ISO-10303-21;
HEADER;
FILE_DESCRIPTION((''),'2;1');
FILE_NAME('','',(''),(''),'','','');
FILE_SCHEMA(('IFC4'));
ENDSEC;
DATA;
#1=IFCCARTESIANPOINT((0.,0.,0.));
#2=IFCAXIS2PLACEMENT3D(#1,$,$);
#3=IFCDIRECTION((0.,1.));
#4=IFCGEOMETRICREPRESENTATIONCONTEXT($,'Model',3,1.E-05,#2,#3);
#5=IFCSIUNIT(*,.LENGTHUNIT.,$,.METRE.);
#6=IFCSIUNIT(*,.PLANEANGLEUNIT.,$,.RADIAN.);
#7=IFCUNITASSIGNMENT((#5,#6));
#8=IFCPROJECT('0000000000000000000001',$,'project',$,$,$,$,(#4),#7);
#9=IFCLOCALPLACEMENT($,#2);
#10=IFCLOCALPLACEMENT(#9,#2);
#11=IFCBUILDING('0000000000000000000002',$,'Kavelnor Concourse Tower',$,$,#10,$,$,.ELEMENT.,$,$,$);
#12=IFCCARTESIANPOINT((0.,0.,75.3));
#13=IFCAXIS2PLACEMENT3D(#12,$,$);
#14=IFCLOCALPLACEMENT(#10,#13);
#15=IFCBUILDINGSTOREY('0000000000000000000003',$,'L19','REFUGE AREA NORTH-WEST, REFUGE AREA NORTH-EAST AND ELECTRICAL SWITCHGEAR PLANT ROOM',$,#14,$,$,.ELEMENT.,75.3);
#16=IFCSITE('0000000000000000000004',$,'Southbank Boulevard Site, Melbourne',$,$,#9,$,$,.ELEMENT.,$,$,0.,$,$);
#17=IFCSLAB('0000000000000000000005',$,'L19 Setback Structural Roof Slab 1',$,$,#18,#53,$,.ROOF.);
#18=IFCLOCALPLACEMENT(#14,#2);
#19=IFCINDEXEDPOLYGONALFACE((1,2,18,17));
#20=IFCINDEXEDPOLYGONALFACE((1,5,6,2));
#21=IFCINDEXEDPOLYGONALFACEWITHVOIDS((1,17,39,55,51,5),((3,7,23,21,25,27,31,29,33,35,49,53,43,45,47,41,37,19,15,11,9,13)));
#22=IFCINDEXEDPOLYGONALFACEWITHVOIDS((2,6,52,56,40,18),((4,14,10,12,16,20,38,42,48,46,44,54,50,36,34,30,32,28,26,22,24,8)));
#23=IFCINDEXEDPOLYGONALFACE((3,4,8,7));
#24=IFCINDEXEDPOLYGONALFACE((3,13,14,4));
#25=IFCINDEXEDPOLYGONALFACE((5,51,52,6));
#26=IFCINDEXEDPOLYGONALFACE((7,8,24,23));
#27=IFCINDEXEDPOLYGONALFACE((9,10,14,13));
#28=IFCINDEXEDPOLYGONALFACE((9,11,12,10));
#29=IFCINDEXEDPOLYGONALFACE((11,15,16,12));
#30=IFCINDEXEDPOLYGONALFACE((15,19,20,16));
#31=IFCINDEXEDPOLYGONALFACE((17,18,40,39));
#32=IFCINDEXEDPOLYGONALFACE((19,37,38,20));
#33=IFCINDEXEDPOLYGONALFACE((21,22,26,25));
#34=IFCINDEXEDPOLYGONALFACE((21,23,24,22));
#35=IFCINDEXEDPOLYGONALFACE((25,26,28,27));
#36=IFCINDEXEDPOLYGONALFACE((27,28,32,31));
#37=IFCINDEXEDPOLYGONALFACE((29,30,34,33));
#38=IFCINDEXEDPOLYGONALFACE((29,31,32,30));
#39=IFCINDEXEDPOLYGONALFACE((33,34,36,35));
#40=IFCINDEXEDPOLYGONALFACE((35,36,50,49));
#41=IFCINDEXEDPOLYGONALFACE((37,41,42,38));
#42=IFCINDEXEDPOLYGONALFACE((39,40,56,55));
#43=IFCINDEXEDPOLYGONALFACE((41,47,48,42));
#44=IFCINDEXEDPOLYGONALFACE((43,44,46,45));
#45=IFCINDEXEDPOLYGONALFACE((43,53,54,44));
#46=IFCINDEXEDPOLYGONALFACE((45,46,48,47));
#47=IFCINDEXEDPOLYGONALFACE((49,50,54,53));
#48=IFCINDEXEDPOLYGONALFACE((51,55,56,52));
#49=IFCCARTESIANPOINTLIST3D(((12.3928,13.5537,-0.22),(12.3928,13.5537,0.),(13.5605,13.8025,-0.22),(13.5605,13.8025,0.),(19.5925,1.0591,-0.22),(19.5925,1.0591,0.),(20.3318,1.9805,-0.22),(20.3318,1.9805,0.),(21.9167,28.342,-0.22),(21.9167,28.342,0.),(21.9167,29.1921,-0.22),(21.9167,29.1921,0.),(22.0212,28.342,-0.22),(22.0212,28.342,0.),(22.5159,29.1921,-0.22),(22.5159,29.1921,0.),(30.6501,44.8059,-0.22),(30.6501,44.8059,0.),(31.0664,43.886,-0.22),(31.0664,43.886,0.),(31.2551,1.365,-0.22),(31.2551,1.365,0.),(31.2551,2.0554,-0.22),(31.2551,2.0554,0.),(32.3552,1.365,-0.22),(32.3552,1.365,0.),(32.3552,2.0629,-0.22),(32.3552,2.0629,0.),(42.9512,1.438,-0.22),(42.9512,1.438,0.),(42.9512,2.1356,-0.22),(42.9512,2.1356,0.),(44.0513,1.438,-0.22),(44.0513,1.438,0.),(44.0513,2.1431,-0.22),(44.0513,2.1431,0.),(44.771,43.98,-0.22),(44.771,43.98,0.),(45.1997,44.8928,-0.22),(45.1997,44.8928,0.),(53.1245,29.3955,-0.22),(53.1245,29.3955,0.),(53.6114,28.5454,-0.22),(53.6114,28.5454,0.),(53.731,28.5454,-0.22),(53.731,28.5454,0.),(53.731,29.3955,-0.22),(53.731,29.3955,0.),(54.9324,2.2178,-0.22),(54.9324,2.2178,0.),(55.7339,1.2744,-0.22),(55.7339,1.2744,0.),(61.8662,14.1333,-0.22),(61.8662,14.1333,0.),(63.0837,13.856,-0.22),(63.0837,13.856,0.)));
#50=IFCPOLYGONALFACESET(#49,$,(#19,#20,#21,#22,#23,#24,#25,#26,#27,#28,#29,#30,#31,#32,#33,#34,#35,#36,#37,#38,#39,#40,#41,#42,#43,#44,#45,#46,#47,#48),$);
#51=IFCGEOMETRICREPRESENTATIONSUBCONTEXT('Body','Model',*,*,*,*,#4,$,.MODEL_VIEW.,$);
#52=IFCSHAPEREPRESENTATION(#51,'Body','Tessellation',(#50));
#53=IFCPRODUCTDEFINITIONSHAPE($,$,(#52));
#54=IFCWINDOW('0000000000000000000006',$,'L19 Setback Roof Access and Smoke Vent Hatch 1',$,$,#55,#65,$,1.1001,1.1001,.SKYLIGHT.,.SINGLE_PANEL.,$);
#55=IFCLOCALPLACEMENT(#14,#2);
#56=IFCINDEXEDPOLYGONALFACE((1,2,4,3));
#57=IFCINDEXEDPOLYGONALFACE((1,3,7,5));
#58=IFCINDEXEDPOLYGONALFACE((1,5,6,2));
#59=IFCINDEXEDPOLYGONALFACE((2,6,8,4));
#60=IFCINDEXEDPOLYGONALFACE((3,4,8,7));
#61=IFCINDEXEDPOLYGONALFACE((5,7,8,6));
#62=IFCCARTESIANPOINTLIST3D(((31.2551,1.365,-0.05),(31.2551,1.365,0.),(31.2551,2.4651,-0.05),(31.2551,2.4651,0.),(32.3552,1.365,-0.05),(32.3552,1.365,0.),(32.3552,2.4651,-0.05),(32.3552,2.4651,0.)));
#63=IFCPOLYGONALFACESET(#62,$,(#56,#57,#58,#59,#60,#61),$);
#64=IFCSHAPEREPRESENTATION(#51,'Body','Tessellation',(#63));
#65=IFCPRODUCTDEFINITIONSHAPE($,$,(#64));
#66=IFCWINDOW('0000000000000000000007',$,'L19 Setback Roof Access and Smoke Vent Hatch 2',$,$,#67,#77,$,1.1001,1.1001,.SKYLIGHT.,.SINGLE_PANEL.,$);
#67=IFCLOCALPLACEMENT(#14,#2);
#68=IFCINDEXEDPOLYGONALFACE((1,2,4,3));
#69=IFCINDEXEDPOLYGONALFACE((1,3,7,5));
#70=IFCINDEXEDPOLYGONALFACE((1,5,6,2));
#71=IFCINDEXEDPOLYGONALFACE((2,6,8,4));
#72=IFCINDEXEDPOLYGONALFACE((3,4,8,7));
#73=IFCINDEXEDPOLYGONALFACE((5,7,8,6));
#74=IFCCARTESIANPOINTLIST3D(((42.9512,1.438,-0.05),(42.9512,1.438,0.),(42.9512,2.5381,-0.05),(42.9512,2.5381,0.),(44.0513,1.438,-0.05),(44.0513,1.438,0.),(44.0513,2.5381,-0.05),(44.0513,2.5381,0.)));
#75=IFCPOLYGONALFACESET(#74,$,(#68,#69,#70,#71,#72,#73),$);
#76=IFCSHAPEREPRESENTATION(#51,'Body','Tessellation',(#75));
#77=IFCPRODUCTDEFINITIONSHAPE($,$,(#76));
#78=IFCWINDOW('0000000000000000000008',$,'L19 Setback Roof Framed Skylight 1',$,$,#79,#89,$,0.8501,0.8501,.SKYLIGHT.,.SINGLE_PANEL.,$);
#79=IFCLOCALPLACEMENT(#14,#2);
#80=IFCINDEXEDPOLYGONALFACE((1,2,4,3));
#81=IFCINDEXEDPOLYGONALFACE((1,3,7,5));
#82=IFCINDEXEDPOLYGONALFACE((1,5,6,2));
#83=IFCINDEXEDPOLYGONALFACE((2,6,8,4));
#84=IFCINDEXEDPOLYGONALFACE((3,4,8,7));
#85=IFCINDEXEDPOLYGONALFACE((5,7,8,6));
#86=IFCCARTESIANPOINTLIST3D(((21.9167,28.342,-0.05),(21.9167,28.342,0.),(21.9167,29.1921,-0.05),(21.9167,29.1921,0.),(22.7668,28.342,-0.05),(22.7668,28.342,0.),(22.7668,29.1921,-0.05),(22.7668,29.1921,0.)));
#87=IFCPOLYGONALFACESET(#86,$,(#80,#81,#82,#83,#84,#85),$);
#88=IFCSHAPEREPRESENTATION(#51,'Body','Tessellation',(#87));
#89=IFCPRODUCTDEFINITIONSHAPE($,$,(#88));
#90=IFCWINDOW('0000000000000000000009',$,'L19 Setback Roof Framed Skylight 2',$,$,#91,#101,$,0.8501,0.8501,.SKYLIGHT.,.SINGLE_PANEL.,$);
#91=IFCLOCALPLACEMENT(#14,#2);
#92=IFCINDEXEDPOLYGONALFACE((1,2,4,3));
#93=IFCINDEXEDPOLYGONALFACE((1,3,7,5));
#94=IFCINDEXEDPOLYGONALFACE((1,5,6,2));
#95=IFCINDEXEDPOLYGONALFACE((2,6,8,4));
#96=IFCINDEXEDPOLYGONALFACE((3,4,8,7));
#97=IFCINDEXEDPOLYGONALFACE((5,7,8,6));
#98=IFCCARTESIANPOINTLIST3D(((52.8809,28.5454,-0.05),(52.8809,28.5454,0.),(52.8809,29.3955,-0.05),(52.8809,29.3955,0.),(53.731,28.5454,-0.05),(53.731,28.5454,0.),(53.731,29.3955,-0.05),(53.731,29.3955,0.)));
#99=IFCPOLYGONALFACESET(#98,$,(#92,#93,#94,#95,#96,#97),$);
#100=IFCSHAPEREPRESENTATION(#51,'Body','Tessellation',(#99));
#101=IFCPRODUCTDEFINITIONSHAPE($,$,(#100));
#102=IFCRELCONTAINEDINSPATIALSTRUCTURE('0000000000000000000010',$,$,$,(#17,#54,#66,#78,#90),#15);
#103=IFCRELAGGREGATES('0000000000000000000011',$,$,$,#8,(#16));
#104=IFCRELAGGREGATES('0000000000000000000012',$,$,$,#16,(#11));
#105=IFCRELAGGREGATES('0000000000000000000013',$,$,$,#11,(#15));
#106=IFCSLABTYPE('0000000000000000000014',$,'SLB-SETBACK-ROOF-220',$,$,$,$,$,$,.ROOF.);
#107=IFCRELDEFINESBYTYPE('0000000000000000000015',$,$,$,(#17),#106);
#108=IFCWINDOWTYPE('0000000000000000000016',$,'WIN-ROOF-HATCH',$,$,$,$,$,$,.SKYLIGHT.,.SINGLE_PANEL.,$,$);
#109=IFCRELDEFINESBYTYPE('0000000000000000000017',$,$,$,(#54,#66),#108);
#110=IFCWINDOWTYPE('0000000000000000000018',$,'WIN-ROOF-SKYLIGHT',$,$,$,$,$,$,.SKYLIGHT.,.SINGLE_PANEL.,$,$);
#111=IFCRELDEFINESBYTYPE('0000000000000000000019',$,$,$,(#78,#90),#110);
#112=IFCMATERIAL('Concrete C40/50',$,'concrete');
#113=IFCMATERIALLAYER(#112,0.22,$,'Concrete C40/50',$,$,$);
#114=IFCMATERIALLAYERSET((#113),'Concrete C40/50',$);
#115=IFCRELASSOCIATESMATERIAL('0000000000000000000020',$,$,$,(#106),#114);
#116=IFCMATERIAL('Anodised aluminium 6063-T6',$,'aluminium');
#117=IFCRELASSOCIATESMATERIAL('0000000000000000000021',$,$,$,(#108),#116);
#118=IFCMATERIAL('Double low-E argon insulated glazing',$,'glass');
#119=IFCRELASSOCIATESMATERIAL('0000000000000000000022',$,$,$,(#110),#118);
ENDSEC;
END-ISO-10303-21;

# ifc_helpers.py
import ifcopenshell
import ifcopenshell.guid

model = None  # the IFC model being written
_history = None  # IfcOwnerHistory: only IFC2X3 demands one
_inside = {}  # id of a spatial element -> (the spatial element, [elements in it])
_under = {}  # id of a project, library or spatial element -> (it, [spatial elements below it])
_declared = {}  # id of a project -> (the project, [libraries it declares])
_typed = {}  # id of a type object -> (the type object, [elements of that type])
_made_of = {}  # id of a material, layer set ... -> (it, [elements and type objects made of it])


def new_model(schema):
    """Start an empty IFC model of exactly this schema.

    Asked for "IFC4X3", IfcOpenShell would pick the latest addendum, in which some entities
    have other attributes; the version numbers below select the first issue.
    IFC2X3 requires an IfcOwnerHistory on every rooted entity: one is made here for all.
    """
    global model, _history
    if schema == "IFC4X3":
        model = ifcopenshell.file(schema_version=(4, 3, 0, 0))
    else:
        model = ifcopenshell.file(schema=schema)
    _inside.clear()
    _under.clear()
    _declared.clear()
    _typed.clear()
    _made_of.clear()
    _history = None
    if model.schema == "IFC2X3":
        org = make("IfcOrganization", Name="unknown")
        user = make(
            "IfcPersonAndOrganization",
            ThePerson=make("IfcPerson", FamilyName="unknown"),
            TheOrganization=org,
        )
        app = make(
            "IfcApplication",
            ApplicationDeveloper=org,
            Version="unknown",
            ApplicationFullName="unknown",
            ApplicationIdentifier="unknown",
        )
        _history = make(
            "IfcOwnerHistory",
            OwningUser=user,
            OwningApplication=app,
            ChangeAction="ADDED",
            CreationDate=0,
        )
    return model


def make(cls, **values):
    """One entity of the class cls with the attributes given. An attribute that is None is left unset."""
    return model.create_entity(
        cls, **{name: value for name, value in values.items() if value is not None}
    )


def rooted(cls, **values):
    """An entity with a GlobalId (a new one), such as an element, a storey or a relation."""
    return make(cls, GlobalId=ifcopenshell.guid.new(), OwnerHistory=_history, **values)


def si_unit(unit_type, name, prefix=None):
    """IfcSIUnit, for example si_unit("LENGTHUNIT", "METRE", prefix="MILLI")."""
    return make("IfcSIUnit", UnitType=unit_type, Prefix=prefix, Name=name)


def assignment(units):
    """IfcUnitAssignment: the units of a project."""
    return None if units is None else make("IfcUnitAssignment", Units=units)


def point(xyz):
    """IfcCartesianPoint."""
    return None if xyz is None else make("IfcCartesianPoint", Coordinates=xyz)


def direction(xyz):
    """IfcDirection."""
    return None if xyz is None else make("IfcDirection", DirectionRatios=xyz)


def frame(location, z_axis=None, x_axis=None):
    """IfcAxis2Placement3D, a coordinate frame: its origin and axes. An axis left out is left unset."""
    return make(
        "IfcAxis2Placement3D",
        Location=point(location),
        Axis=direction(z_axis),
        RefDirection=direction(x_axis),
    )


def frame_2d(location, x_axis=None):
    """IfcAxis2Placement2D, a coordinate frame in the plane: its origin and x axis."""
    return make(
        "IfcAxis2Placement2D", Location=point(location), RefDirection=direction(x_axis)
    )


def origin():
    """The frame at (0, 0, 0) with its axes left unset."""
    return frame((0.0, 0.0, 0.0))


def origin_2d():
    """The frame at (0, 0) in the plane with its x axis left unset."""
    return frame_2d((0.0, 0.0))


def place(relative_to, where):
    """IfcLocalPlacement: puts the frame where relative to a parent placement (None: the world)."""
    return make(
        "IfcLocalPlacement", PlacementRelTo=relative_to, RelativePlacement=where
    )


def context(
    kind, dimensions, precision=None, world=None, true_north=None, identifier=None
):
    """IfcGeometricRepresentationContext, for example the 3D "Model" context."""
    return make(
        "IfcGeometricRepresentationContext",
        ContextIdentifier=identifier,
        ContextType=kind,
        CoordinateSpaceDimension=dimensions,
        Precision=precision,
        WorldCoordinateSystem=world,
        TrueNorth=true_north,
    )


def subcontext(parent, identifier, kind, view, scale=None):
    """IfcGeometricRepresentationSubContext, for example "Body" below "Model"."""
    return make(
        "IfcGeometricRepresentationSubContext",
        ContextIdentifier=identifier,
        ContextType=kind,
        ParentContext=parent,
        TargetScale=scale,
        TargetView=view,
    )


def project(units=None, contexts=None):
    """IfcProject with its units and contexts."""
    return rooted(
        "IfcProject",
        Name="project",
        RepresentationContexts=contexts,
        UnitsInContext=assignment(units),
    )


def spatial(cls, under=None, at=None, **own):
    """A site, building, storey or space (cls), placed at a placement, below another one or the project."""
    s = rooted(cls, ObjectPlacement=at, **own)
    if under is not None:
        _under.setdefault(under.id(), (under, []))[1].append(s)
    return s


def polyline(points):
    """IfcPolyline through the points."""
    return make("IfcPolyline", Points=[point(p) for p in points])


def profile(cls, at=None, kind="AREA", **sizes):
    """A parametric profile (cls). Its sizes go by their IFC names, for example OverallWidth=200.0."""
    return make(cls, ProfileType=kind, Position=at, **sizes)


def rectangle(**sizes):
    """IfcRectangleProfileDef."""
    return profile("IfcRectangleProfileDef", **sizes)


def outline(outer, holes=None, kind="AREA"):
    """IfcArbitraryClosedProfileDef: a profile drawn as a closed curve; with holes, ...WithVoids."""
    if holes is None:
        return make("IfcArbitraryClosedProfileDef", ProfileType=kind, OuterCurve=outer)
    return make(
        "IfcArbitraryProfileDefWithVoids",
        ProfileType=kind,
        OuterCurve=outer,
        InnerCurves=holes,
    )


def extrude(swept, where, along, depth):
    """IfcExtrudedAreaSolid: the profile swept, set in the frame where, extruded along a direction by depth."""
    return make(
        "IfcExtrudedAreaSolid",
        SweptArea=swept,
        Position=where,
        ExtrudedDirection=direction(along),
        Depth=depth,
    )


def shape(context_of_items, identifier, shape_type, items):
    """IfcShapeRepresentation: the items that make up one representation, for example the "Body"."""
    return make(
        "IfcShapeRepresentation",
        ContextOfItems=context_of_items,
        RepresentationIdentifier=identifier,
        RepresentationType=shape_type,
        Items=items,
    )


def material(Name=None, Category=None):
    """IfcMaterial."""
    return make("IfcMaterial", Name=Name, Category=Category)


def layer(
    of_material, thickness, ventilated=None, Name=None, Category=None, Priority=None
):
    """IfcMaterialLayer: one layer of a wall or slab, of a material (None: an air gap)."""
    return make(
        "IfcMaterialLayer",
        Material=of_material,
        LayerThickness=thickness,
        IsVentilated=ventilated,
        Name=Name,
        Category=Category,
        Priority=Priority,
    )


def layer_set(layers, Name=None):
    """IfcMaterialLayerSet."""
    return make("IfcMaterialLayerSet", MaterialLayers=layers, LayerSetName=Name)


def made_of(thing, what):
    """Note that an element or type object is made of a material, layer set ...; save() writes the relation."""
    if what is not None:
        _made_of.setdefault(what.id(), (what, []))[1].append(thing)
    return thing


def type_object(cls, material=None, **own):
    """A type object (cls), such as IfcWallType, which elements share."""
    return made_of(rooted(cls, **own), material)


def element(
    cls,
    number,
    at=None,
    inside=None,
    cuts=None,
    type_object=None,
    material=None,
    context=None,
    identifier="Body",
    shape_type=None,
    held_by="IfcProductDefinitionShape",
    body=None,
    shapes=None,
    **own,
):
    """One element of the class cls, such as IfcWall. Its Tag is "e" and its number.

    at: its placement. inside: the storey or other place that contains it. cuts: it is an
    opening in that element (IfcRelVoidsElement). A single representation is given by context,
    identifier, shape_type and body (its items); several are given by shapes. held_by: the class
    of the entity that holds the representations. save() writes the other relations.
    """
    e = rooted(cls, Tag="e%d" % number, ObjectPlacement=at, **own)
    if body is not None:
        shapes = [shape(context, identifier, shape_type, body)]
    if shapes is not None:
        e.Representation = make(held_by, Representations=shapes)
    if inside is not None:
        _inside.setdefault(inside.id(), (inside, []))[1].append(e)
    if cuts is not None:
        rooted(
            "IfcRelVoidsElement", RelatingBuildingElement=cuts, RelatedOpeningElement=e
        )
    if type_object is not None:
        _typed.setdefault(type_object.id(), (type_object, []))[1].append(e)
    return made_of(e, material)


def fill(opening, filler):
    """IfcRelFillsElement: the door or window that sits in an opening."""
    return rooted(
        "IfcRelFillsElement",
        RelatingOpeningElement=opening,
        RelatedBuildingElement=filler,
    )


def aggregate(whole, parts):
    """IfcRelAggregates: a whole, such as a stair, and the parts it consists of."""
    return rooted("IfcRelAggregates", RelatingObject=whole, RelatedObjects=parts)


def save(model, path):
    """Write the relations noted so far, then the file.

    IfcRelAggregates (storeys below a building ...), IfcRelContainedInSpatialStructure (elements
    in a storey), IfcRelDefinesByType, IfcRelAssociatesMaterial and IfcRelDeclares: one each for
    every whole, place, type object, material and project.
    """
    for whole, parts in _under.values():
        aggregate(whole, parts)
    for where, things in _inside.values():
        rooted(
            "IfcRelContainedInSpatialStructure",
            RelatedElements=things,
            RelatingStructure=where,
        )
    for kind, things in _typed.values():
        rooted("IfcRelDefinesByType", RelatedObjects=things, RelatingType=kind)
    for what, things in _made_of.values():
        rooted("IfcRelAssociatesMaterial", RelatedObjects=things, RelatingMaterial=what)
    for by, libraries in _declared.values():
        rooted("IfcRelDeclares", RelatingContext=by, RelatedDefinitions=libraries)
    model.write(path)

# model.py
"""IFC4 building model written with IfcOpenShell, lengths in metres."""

from ifc_helpers import new_model, si_unit, direction, frame, origin, origin_2d, place, context, subcontext, project, spatial, polyline, rectangle, outline, extrude, material, layer, layer_set, type_object, element, fill, save


model = new_model("IFC4")

# Units and contexts
model_context = context("Model", 3, precision=1e-05, world=origin(), true_north=direction((0.0, 1.0)))
body_context = subcontext(model_context, "Body", "Model", "MODEL_VIEW")
ifc_project = project(units=[si_unit("LENGTHUNIT", "METRE"), si_unit("PLANEANGLEUNIT", "RADIAN")], contexts=[model_context])

# Site, building, storey
site_placement = place(None, origin())
site = spatial("IfcSite", under=ifc_project, at=site_placement, Name="Southbank Boulevard Site, Melbourne", CompositionType="ELEMENT", RefElevation=0.0)
building_placement = place(site_placement, origin())
building = spatial("IfcBuilding", under=site, at=building_placement, Name="Kavelnor Concourse Tower", CompositionType="ELEMENT")
storey_placement = place(building_placement, frame((0.0, 0.0, 75.3)))
storey = spatial("IfcBuildingStorey", under=building, at=storey_placement, Name="L19", Description="REFUGE AREA NORTH-WEST, REFUGE AREA NORTH-EAST AND ELECTRICAL SWITCHGEAR PLANT ROOM", CompositionType="ELEMENT", Elevation=75.3)

# Shared definitions
ifc_material_1 = material(Name="Concrete C40/50", Category="concrete")

# Slab, openings, windows
ifc_layer_1 = layer(ifc_material_1, 0.22, Name="Concrete C40/50")
ifc_layer_set_1 = layer_set([ifc_layer_1], Name="Concrete C40/50")
slab_type_1 = type_object("IfcSlabType", Name="SLB-SETBACK-ROOF-220", PredefinedType="ROOF", material=ifc_layer_set_1)
slab_1_placement = place(storey_placement, frame((0.0, 0.0, -0.22)))
slab_1 = element("IfcSlab", 1, at=slab_1_placement, inside=storey, type_object=slab_type_1, Name="L19 Setback Structural Roof Slab 1", PredefinedType="ROOF", context=body_context, shape_type="SweptSolid", body=[
    extrude(outline(polyline([(63.0837, 13.856), (55.7339, 1.2744), (19.5925, 1.0591), (12.3928, 13.5537), (30.6501, 44.8059), (45.1997, 44.8928), (63.0837, 13.856)]), holes=[polyline([(31.0664, 43.886), (13.5605, 13.8025), (20.3318, 1.9805), (54.9324, 2.2178), (61.8662, 14.1333), (44.771, 43.98), (31.0664, 43.886)])]), origin(), (0.0, 0.0, 1.0), 0.22),
])
opening_1_placement = place(slab_1_placement, frame((22.3418, 28.7671, 0.0)))
opening_1 = element("IfcOpeningElement", 2, at=opening_1_placement, cuts=slab_1, PredefinedType="OPENING", context=body_context, shape_type="SweptSolid", body=[
    extrude(rectangle(XDim=0.8501, YDim=0.8501, at=origin_2d()), frame((0.0, 0.0, -0.01)), (0.0, 0.0, 1.0), 0.24),
])
opening_2_placement = place(slab_1_placement, frame((53.3059, 28.9705, 0.0)))
opening_2 = element("IfcOpeningElement", 3, at=opening_2_placement, cuts=slab_1, PredefinedType="OPENING", context=body_context, shape_type="SweptSolid", body=[
    extrude(rectangle(XDim=0.8501, YDim=0.8501, at=origin_2d()), frame((0.0, 0.0, -0.01)), (0.0, 0.0, 1.0), 0.24),
])
opening_3_placement = place(slab_1_placement, frame((31.8052, 1.915, 0.0)))
opening_3 = element("IfcOpeningElement", 4, at=opening_3_placement, cuts=slab_1, PredefinedType="OPENING", context=body_context, shape_type="SweptSolid", body=[
    extrude(rectangle(XDim=1.1001, YDim=1.1001, at=origin_2d()), frame((0.0, 0.0, -0.01)), (0.0, 0.0, 1.0), 0.24),
])
opening_4_placement = place(slab_1_placement, frame((43.5012, 1.988, 0.0)))
opening_4 = element("IfcOpeningElement", 5, at=opening_4_placement, cuts=slab_1, PredefinedType="OPENING", context=body_context, shape_type="SweptSolid", body=[
    extrude(rectangle(XDim=1.1001, YDim=1.1001, at=origin_2d()), frame((0.0, 0.0, -0.01)), (0.0, 0.0, 1.0), 0.24),
])
ifc_material_2 = material(Name="Anodised aluminium 6063-T6", Category="aluminium")
window_type_1 = type_object("IfcWindowType", Name="WIN-ROOF-HATCH", PartitioningType="SINGLE_PANEL", PredefinedType="SKYLIGHT", material=ifc_material_2)
window_1_placement = place(opening_3_placement, frame((0.0, 0.0, 0.1699)))
window_1 = element("IfcWindow", 6, at=window_1_placement, inside=storey, type_object=window_type_1, Name="L19 Setback Roof Access and Smoke Vent Hatch 1", OverallHeight=1.1001, OverallWidth=1.1001, PartitioningType="SINGLE_PANEL", PredefinedType="SKYLIGHT", context=body_context, shape_type="SweptSolid", body=[
    extrude(rectangle(XDim=1.1001, YDim=1.1001, at=origin_2d()), origin(), (0.0, 0.0, 1.0), 0.05),
])
fill(opening_3, window_1)
window_2_placement = place(opening_4_placement, frame((0.0, 0.0, 0.1699)))
window_2 = element("IfcWindow", 7, at=window_2_placement, inside=storey, type_object=window_type_1, Name="L19 Setback Roof Access and Smoke Vent Hatch 2", OverallHeight=1.1001, OverallWidth=1.1001, PartitioningType="SINGLE_PANEL", PredefinedType="SKYLIGHT", context=body_context, shape_type="SweptSolid", body=[
    extrude(rectangle(XDim=1.1001, YDim=1.1001, at=origin_2d()), origin(), (0.0, 0.0, 1.0), 0.05),
])
fill(opening_4, window_2)
ifc_material_3 = material(Name="Double low-E argon insulated glazing", Category="glass")
window_type_2 = type_object("IfcWindowType", Name="WIN-ROOF-SKYLIGHT", PartitioningType="SINGLE_PANEL", PredefinedType="SKYLIGHT", material=ifc_material_3)
window_3_placement = place(opening_1_placement, frame((0.0, 0.0, 0.1699)))
window_3 = element("IfcWindow", 8, at=window_3_placement, inside=storey, type_object=window_type_2, Name="L19 Setback Roof Framed Skylight 1", OverallHeight=0.8501, OverallWidth=0.8501, PartitioningType="SINGLE_PANEL", PredefinedType="SKYLIGHT", context=body_context, shape_type="SweptSolid", body=[
    extrude(rectangle(XDim=0.8501, YDim=0.8501, at=origin_2d()), origin(), (0.0, 0.0, 1.0), 0.05),
])
fill(opening_1, window_3)
window_4_placement = place(opening_2_placement, frame((0.0, 0.0, 0.1699)))
window_4 = element("IfcWindow", 9, at=window_4_placement, inside=storey, type_object=window_type_2, Name="L19 Setback Roof Framed Skylight 2", OverallHeight=0.8501, OverallWidth=0.8501, PartitioningType="SINGLE_PANEL", PredefinedType="SKYLIGHT", context=body_context, shape_type="SweptSolid", body=[
    extrude(rectangle(XDim=0.8501, YDim=0.8501, at=origin_2d()), origin(), (0.0, 0.0, 1.0), 0.05),
])
fill(opening_2, window_4)

save(model, "model.ifc")
